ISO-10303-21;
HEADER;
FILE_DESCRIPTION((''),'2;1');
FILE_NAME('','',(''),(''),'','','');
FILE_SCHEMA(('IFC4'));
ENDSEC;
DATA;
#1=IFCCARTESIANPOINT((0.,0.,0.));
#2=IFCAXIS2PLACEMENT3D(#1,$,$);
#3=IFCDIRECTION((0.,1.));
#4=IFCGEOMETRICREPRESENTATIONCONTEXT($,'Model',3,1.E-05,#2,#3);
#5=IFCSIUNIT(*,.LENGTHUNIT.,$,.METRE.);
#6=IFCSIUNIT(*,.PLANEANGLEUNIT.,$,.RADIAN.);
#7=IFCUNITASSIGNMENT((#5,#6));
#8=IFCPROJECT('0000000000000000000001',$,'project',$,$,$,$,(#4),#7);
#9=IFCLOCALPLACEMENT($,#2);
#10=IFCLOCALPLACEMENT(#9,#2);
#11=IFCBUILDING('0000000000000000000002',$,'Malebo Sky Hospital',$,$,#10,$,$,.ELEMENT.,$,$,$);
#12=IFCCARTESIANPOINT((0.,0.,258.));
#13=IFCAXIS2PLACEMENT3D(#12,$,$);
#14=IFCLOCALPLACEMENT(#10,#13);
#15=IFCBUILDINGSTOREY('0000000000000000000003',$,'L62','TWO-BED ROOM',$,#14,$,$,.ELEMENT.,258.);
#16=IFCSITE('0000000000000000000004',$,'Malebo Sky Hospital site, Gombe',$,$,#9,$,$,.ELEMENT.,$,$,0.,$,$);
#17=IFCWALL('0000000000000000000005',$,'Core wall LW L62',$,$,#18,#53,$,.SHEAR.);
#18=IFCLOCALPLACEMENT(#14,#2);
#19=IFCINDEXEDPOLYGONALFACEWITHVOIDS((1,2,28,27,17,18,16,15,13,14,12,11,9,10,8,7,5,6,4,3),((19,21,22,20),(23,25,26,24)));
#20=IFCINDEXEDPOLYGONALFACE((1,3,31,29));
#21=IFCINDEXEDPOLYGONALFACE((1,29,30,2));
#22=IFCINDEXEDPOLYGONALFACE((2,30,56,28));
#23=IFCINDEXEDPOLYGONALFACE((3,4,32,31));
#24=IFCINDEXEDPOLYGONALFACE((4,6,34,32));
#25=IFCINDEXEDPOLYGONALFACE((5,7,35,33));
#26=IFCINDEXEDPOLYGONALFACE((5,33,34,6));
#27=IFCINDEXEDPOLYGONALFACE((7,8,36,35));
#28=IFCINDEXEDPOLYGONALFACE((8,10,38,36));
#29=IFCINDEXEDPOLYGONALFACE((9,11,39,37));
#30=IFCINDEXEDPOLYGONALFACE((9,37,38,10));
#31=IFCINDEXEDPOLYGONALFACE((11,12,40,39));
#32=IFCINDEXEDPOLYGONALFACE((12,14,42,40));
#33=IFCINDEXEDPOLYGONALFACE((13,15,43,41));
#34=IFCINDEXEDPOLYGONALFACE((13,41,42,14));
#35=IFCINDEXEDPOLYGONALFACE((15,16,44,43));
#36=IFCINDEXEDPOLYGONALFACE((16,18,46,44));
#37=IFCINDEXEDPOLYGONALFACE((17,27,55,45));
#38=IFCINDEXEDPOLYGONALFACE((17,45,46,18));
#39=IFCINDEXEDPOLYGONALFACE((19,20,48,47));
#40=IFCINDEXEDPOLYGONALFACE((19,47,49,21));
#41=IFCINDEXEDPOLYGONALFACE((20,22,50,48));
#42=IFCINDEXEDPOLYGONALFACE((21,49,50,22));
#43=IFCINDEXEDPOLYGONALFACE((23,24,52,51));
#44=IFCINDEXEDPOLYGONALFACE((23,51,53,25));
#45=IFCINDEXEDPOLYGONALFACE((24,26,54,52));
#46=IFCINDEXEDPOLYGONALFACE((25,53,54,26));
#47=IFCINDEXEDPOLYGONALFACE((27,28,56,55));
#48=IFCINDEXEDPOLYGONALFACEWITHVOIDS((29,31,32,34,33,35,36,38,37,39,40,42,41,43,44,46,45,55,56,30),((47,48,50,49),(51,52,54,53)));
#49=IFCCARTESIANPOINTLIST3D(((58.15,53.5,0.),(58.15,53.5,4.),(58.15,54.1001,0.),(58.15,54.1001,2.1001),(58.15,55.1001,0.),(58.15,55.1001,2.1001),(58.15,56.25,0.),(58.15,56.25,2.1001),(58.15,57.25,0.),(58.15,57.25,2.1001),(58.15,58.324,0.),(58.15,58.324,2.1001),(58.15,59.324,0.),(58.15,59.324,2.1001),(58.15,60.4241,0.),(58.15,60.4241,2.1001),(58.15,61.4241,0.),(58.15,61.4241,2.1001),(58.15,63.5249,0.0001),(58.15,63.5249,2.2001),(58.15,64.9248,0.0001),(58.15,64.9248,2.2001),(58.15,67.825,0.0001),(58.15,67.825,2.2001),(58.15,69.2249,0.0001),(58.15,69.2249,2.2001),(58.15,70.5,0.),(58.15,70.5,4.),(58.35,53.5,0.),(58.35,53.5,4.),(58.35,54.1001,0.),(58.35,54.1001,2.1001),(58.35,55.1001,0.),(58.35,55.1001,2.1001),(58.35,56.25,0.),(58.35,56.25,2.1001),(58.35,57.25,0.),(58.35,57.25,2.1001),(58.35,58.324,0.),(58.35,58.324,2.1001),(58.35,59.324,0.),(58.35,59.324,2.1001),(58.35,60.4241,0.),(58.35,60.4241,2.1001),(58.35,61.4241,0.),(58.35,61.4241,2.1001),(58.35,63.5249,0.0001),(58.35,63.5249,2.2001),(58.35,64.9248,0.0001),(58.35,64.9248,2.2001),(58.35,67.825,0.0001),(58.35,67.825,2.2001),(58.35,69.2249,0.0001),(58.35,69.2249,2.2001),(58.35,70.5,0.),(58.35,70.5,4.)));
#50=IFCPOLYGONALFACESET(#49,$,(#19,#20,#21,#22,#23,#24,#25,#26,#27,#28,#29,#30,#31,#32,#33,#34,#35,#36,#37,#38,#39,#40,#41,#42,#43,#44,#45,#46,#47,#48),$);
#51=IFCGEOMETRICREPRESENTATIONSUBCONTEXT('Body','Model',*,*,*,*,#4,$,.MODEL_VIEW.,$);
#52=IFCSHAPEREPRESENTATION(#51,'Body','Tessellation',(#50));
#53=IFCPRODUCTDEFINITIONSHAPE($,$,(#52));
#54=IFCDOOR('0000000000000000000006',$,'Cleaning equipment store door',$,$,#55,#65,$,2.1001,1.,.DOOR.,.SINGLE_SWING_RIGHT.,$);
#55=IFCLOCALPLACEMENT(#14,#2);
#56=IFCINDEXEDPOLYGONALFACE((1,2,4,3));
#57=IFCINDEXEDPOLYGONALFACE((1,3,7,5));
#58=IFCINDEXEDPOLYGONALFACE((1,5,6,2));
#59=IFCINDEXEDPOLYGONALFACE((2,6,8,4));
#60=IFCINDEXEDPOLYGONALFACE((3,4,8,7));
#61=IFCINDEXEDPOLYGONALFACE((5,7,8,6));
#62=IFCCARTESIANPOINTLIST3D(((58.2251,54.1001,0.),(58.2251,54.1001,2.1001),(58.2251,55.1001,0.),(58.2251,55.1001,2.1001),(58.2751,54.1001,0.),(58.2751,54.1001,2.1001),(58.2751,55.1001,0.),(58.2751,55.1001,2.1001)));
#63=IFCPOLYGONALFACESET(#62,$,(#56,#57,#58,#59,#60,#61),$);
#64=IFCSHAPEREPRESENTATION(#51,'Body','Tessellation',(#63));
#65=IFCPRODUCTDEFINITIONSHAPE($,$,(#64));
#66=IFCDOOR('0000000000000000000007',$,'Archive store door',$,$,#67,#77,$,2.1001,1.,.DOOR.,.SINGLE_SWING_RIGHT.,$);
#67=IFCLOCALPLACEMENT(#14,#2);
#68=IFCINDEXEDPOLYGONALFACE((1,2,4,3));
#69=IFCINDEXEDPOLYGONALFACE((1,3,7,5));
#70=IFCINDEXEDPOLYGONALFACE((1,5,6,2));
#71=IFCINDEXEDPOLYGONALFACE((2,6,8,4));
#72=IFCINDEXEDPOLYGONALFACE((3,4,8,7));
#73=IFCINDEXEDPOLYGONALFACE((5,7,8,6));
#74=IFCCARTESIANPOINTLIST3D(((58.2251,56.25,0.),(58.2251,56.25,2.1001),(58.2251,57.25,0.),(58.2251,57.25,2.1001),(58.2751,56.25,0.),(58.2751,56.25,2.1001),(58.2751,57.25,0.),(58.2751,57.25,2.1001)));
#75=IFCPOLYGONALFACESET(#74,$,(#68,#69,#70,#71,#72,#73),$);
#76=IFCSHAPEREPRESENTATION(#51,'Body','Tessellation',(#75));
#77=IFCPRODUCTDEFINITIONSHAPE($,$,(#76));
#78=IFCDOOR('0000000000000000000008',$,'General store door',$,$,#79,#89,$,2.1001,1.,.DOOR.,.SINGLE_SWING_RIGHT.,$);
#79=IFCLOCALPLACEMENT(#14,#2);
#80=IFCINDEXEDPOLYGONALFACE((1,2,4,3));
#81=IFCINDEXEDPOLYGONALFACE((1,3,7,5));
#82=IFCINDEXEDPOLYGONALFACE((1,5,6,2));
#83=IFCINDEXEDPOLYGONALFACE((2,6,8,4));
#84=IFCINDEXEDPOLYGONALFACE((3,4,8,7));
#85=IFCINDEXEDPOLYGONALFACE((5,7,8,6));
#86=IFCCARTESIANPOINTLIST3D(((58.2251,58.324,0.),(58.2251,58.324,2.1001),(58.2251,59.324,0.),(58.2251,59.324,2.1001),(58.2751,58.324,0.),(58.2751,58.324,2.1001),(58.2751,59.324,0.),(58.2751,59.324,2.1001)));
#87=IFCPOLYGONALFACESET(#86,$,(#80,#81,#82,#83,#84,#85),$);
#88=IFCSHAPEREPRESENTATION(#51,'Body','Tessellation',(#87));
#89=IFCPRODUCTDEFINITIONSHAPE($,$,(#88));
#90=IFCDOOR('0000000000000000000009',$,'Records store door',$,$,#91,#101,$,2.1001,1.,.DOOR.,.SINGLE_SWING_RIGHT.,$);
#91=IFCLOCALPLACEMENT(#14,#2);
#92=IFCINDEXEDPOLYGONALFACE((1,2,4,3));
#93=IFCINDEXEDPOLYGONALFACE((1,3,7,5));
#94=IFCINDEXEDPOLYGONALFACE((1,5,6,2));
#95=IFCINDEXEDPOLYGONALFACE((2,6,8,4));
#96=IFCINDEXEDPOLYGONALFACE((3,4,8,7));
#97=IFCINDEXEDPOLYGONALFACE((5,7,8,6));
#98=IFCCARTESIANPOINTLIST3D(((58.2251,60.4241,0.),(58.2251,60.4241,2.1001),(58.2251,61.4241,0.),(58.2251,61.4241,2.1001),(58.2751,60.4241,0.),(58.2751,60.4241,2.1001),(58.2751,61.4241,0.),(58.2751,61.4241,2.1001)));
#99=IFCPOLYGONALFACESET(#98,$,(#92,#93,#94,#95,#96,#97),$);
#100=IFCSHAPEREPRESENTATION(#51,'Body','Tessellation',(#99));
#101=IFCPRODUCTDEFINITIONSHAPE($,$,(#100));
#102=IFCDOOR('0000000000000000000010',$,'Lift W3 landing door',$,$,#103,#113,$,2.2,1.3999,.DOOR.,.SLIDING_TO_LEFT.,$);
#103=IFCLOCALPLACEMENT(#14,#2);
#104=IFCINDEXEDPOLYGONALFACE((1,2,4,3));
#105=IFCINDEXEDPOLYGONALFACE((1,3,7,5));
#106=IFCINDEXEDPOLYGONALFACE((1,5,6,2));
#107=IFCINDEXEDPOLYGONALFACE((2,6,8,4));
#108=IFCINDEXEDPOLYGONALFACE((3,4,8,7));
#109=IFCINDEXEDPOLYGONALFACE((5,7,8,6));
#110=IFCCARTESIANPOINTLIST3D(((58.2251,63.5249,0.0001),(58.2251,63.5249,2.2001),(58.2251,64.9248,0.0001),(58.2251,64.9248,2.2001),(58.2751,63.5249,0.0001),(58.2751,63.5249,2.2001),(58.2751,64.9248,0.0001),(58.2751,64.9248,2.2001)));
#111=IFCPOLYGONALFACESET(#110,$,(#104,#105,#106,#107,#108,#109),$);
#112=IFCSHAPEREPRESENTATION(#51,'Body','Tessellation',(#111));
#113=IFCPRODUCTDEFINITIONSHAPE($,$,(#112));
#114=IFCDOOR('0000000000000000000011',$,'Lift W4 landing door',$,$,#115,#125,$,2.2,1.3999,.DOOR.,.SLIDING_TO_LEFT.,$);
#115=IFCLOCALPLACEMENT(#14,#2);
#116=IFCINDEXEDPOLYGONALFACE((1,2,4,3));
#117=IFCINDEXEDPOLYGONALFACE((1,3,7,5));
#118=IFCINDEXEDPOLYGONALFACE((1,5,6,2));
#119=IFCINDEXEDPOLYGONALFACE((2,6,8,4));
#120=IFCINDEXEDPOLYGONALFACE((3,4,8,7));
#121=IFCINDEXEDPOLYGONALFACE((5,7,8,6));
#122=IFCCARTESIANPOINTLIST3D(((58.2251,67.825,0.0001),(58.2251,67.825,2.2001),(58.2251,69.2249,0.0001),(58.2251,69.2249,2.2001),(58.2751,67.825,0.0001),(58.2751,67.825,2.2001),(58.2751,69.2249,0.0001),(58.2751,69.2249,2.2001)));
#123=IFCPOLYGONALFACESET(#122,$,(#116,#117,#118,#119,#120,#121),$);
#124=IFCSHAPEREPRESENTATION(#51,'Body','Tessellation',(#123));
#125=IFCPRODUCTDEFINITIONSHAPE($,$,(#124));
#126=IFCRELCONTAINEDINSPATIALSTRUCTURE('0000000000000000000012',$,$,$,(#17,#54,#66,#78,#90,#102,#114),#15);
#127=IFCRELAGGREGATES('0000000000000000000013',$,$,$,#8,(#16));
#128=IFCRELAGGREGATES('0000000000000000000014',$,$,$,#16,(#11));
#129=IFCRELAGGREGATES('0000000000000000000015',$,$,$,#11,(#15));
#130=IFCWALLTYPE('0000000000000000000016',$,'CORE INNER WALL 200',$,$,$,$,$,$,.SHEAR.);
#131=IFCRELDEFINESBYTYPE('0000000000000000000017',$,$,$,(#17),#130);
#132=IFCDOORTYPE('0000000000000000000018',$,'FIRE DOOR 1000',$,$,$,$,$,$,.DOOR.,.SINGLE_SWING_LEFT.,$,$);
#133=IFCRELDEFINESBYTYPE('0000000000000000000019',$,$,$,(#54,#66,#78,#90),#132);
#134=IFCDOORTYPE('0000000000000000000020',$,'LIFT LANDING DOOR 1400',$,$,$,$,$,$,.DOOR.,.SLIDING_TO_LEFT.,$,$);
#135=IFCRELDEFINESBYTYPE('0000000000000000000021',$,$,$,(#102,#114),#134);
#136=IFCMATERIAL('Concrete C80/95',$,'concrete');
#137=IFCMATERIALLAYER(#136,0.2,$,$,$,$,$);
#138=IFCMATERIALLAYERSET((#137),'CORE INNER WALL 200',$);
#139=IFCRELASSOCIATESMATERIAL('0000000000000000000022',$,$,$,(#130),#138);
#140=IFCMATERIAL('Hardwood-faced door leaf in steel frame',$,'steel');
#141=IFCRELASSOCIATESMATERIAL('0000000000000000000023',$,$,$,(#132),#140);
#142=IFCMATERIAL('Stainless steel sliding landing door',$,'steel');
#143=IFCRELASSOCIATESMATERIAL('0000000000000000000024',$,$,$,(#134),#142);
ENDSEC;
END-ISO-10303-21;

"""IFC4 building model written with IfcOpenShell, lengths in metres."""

from ifc_helpers import new_model, si_unit, direction, frame, frame_2d, origin, place, context, subcontext, project, spatial, rectangle, extrude, material, layer, layer_set, type_object, element, fill, save


model = new_model("IFC4")

# Units and contexts
model_context = context("Model", 3, precision=1e-05, world=origin(), true_north=direction((0.0, 1.0)))
body_context = subcontext(model_context, "Body", "Model", "MODEL_VIEW")
ifc_project = project(units=[si_unit("LENGTHUNIT", "METRE"), si_unit("PLANEANGLEUNIT", "RADIAN")], contexts=[model_context])

# Site, building, storey
site_placement = place(None, origin())
site = spatial("IfcSite", under=ifc_project, at=site_placement, Name="Malebo Sky Hospital site, Gombe", CompositionType="ELEMENT", RefElevation=0.0)
building_placement = place(site_placement, origin())
building = spatial("IfcBuilding", under=site, at=building_placement, Name="Malebo Sky Hospital", CompositionType="ELEMENT")
storey_placement = place(building_placement, frame((0.0, 0.0, 258.0)))
storey = spatial("IfcBuildingStorey", under=building, at=storey_placement, Name="L62", Description="TWO-BED ROOM", CompositionType="ELEMENT", Elevation=258.0)

# Wall, openings, doors
ifc_material_1 = material(Name="Concrete C80/95", Category="concrete")
ifc_layer_1 = layer(ifc_material_1, 0.2)
ifc_layer_set_1 = layer_set([ifc_layer_1], Name="CORE INNER WALL 200")
wall_type_1 = type_object("IfcWallType", Name="CORE INNER WALL 200", PredefinedType="SHEAR", material=ifc_layer_set_1)
wall_1_placement = place(storey_placement, frame((58.25, 53.5, 0.0), z_axis=(0.0, 0.0, 1.0), x_axis=(0.0, 1.0, 0.0)))
wall_1 = element("IfcWall", 1, at=wall_1_placement, inside=storey, type_object=wall_type_1, Name="Core wall LW L62", PredefinedType="SHEAR", context=body_context, shape_type="SweptSolid", body=[
    extrude(rectangle(XDim=17.0, YDim=0.2, at=frame_2d((8.5, 0.0))), origin(), (0.0, 0.0, 1.0), 4.0),
])
opening_1_placement = place(wall_1_placement, frame((0.6001, 0.0, 0.0)))
opening_1 = element("IfcOpeningElement", 2, at=opening_1_placement, cuts=wall_1, PredefinedType="OPENING", context=body_context, shape_type="SweptSolid", body=[
    extrude(rectangle(XDim=1.0, YDim=2.1001, at=frame_2d((0.5, 1.05))), frame((0.0, 0.1099, 0.0), z_axis=(0.0, -1.0, 0.0), x_axis=(1.0, 0.0, 0.0)), (0.0, 0.0, 1.0), 0.22),
])
opening_2_placement = place(wall_1_placement, frame((2.75, 0.0, 0.0)))
opening_2 = element("IfcOpeningElement", 3, at=opening_2_placement, cuts=wall_1, PredefinedType="OPENING", context=body_context, shape_type="SweptSolid", body=[
    extrude(rectangle(XDim=1.0, YDim=2.1001, at=frame_2d((0.5, 1.05))), frame((0.0, 0.1099, 0.0), z_axis=(0.0, -1.0, 0.0), x_axis=(1.0, 0.0, 0.0)), (0.0, 0.0, 1.0), 0.22),
])
opening_3_placement = place(wall_1_placement, frame((4.824, 0.0, 0.0)))
opening_3 = element("IfcOpeningElement", 4, at=opening_3_placement, cuts=wall_1, PredefinedType="OPENING", context=body_context, shape_type="SweptSolid", body=[
    extrude(rectangle(XDim=1.0, YDim=2.1001, at=frame_2d((0.5, 1.05))), frame((0.0, 0.1099, 0.0), z_axis=(0.0, -1.0, 0.0), x_axis=(1.0, 0.0, 0.0)), (0.0, 0.0, 1.0), 0.22),
])
opening_4_placement = place(wall_1_placement, frame((6.9241, 0.0, 0.0)))
opening_4 = element("IfcOpeningElement", 5, at=opening_4_placement, cuts=wall_1, PredefinedType="OPENING", context=body_context, shape_type="SweptSolid", body=[
    extrude(rectangle(XDim=1.0, YDim=2.1001, at=frame_2d((0.5, 1.05))), frame((0.0, 0.1099, 0.0), z_axis=(0.0, -1.0, 0.0), x_axis=(1.0, 0.0, 0.0)), (0.0, 0.0, 1.0), 0.22),
])
opening_5_placement = place(wall_1_placement, frame((10.0249, 0.0, 0.0)))
opening_5 = element("IfcOpeningElement", 6, at=opening_5_placement, cuts=wall_1, PredefinedType="OPENING", context=body_context, shape_type="SweptSolid", body=[
    extrude(rectangle(XDim=1.3999, YDim=2.2, at=frame_2d((0.7, 1.1001))), frame((0.0, 0.1099, 0.0), z_axis=(0.0, -1.0, 0.0), x_axis=(1.0, 0.0, 0.0)), (0.0, 0.0, 1.0), 0.22),
])
opening_6_placement = place(wall_1_placement, frame((14.325, 0.0, 0.0)))
opening_6 = element("IfcOpeningElement", 7, at=opening_6_placement, cuts=wall_1, PredefinedType="OPENING", context=body_context, shape_type="SweptSolid", body=[
    extrude(rectangle(XDim=1.3999, YDim=2.2, at=frame_2d((0.7, 1.1001))), frame((0.0, 0.1099, 0.0), z_axis=(0.0, -1.0, 0.0), x_axis=(1.0, 0.0, 0.0)), (0.0, 0.0, 1.0), 0.22),
])
ifc_material_2 = material(Name="Hardwood-faced door leaf in steel frame", Category="steel")
door_type_1 = type_object("IfcDoorType", Name="FIRE DOOR 1000", OperationType="SINGLE_SWING_LEFT", PredefinedType="DOOR", material=ifc_material_2)
door_1_placement = place(opening_1_placement, origin())
door_1 = element("IfcDoor", 8, at=door_1_placement, inside=storey, type_object=door_type_1, Name="Cleaning equipment store door", OperationType="SINGLE_SWING_RIGHT", OverallHeight=2.1001, OverallWidth=1.0, PredefinedType="DOOR", context=body_context, shape_type="SweptSolid", body=[
    extrude(rectangle(XDim=1.0, YDim=2.1001, at=frame_2d((0.5, 1.05))), frame((0.0, 0.0249, 0.0), z_axis=(0.0, -1.0, 0.0), x_axis=(1.0, 0.0, 0.0)), (0.0, 0.0, 1.0), 0.05),
])
fill(opening_1, door_1)
door_2_placement = place(opening_2_placement, origin())
door_2 = element("IfcDoor", 9, at=door_2_placement, inside=storey, type_object=door_type_1, Name="Archive store door", OperationType="SINGLE_SWING_RIGHT", OverallHeight=2.1001, OverallWidth=1.0, PredefinedType="DOOR", context=body_context, shape_type="SweptSolid", body=[
    extrude(rectangle(XDim=1.0, YDim=2.1001, at=frame_2d((0.5, 1.05))), frame((0.0, 0.0249, 0.0), z_axis=(0.0, -1.0, 0.0), x_axis=(1.0, 0.0, 0.0)), (0.0, 0.0, 1.0), 0.05),
])
fill(opening_2, door_2)
door_3_placement = place(opening_3_placement, origin())
door_3 = element("IfcDoor", 10, at=door_3_placement, inside=storey, type_object=door_type_1, Name="General store door", OperationType="SINGLE_SWING_RIGHT", OverallHeight=2.1001, OverallWidth=1.0, PredefinedType="DOOR", context=body_context, shape_type="SweptSolid", body=[
    extrude(rectangle(XDim=1.0, YDim=2.1001, at=frame_2d((0.5, 1.05))), frame((0.0, 0.0249, 0.0), z_axis=(0.0, -1.0, 0.0), x_axis=(1.0, 0.0, 0.0)), (0.0, 0.0, 1.0), 0.05),
])
fill(opening_3, door_3)
door_4_placement = place(opening_4_placement, origin())
door_4 = element("IfcDoor", 11, at=door_4_placement, inside=storey, type_object=door_type_1, Name="Records store door", OperationType="SINGLE_SWING_RIGHT", OverallHeight=2.1001, OverallWidth=1.0, PredefinedType="DOOR", context=body_context, shape_type="SweptSolid", body=[
    extrude(rectangle(XDim=1.0, YDim=2.1001, at=frame_2d((0.5, 1.05))), frame((0.0, 0.0249, 0.0), z_axis=(0.0, -1.0, 0.0), x_axis=(1.0, 0.0, 0.0)), (0.0, 0.0, 1.0), 0.05),
])
fill(opening_4, door_4)
ifc_material_3 = material(Name="Stainless steel sliding landing door", Category="steel")
door_type_2 = type_object("IfcDoorType", Name="LIFT LANDING DOOR 1400", OperationType="SLIDING_TO_LEFT", PredefinedType="DOOR", material=ifc_material_3)
door_5_placement = place(opening_5_placement, origin())
door_5 = element("IfcDoor", 12, at=door_5_placement, inside=storey, type_object=door_type_2, Name="Lift W3 landing door", OperationType="SLIDING_TO_LEFT", OverallHeight=2.2, OverallWidth=1.3999, PredefinedType="DOOR", context=body_context, shape_type="SweptSolid", body=[
    extrude(rectangle(XDim=1.3999, YDim=2.2, at=frame_2d((0.7, 1.1001))), frame((0.0, 0.0249, 0.0), z_axis=(0.0, -1.0, 0.0), x_axis=(1.0, 0.0, 0.0)), (0.0, 0.0, 1.0), 0.05),
])
fill(opening_5, door_5)
door_6_placement = place(opening_6_placement, origin())
door_6 = element("IfcDoor", 13, at=door_6_placement, inside=storey, type_object=door_type_2, Name="Lift W4 landing door", OperationType="SLIDING_TO_LEFT", OverallHeight=2.2, OverallWidth=1.3999, PredefinedType="DOOR", context=body_context, shape_type="SweptSolid", body=[
    extrude(rectangle(XDim=1.3999, YDim=2.2, at=frame_2d((0.7, 1.1001))), frame((0.0, 0.0249, 0.0), z_axis=(0.0, -1.0, 0.0), x_axis=(1.0, 0.0, 0.0)), (0.0, 0.0, 1.0), 0.05),
])
fill(opening_6, door_6)

save(model, "model.ifc")
